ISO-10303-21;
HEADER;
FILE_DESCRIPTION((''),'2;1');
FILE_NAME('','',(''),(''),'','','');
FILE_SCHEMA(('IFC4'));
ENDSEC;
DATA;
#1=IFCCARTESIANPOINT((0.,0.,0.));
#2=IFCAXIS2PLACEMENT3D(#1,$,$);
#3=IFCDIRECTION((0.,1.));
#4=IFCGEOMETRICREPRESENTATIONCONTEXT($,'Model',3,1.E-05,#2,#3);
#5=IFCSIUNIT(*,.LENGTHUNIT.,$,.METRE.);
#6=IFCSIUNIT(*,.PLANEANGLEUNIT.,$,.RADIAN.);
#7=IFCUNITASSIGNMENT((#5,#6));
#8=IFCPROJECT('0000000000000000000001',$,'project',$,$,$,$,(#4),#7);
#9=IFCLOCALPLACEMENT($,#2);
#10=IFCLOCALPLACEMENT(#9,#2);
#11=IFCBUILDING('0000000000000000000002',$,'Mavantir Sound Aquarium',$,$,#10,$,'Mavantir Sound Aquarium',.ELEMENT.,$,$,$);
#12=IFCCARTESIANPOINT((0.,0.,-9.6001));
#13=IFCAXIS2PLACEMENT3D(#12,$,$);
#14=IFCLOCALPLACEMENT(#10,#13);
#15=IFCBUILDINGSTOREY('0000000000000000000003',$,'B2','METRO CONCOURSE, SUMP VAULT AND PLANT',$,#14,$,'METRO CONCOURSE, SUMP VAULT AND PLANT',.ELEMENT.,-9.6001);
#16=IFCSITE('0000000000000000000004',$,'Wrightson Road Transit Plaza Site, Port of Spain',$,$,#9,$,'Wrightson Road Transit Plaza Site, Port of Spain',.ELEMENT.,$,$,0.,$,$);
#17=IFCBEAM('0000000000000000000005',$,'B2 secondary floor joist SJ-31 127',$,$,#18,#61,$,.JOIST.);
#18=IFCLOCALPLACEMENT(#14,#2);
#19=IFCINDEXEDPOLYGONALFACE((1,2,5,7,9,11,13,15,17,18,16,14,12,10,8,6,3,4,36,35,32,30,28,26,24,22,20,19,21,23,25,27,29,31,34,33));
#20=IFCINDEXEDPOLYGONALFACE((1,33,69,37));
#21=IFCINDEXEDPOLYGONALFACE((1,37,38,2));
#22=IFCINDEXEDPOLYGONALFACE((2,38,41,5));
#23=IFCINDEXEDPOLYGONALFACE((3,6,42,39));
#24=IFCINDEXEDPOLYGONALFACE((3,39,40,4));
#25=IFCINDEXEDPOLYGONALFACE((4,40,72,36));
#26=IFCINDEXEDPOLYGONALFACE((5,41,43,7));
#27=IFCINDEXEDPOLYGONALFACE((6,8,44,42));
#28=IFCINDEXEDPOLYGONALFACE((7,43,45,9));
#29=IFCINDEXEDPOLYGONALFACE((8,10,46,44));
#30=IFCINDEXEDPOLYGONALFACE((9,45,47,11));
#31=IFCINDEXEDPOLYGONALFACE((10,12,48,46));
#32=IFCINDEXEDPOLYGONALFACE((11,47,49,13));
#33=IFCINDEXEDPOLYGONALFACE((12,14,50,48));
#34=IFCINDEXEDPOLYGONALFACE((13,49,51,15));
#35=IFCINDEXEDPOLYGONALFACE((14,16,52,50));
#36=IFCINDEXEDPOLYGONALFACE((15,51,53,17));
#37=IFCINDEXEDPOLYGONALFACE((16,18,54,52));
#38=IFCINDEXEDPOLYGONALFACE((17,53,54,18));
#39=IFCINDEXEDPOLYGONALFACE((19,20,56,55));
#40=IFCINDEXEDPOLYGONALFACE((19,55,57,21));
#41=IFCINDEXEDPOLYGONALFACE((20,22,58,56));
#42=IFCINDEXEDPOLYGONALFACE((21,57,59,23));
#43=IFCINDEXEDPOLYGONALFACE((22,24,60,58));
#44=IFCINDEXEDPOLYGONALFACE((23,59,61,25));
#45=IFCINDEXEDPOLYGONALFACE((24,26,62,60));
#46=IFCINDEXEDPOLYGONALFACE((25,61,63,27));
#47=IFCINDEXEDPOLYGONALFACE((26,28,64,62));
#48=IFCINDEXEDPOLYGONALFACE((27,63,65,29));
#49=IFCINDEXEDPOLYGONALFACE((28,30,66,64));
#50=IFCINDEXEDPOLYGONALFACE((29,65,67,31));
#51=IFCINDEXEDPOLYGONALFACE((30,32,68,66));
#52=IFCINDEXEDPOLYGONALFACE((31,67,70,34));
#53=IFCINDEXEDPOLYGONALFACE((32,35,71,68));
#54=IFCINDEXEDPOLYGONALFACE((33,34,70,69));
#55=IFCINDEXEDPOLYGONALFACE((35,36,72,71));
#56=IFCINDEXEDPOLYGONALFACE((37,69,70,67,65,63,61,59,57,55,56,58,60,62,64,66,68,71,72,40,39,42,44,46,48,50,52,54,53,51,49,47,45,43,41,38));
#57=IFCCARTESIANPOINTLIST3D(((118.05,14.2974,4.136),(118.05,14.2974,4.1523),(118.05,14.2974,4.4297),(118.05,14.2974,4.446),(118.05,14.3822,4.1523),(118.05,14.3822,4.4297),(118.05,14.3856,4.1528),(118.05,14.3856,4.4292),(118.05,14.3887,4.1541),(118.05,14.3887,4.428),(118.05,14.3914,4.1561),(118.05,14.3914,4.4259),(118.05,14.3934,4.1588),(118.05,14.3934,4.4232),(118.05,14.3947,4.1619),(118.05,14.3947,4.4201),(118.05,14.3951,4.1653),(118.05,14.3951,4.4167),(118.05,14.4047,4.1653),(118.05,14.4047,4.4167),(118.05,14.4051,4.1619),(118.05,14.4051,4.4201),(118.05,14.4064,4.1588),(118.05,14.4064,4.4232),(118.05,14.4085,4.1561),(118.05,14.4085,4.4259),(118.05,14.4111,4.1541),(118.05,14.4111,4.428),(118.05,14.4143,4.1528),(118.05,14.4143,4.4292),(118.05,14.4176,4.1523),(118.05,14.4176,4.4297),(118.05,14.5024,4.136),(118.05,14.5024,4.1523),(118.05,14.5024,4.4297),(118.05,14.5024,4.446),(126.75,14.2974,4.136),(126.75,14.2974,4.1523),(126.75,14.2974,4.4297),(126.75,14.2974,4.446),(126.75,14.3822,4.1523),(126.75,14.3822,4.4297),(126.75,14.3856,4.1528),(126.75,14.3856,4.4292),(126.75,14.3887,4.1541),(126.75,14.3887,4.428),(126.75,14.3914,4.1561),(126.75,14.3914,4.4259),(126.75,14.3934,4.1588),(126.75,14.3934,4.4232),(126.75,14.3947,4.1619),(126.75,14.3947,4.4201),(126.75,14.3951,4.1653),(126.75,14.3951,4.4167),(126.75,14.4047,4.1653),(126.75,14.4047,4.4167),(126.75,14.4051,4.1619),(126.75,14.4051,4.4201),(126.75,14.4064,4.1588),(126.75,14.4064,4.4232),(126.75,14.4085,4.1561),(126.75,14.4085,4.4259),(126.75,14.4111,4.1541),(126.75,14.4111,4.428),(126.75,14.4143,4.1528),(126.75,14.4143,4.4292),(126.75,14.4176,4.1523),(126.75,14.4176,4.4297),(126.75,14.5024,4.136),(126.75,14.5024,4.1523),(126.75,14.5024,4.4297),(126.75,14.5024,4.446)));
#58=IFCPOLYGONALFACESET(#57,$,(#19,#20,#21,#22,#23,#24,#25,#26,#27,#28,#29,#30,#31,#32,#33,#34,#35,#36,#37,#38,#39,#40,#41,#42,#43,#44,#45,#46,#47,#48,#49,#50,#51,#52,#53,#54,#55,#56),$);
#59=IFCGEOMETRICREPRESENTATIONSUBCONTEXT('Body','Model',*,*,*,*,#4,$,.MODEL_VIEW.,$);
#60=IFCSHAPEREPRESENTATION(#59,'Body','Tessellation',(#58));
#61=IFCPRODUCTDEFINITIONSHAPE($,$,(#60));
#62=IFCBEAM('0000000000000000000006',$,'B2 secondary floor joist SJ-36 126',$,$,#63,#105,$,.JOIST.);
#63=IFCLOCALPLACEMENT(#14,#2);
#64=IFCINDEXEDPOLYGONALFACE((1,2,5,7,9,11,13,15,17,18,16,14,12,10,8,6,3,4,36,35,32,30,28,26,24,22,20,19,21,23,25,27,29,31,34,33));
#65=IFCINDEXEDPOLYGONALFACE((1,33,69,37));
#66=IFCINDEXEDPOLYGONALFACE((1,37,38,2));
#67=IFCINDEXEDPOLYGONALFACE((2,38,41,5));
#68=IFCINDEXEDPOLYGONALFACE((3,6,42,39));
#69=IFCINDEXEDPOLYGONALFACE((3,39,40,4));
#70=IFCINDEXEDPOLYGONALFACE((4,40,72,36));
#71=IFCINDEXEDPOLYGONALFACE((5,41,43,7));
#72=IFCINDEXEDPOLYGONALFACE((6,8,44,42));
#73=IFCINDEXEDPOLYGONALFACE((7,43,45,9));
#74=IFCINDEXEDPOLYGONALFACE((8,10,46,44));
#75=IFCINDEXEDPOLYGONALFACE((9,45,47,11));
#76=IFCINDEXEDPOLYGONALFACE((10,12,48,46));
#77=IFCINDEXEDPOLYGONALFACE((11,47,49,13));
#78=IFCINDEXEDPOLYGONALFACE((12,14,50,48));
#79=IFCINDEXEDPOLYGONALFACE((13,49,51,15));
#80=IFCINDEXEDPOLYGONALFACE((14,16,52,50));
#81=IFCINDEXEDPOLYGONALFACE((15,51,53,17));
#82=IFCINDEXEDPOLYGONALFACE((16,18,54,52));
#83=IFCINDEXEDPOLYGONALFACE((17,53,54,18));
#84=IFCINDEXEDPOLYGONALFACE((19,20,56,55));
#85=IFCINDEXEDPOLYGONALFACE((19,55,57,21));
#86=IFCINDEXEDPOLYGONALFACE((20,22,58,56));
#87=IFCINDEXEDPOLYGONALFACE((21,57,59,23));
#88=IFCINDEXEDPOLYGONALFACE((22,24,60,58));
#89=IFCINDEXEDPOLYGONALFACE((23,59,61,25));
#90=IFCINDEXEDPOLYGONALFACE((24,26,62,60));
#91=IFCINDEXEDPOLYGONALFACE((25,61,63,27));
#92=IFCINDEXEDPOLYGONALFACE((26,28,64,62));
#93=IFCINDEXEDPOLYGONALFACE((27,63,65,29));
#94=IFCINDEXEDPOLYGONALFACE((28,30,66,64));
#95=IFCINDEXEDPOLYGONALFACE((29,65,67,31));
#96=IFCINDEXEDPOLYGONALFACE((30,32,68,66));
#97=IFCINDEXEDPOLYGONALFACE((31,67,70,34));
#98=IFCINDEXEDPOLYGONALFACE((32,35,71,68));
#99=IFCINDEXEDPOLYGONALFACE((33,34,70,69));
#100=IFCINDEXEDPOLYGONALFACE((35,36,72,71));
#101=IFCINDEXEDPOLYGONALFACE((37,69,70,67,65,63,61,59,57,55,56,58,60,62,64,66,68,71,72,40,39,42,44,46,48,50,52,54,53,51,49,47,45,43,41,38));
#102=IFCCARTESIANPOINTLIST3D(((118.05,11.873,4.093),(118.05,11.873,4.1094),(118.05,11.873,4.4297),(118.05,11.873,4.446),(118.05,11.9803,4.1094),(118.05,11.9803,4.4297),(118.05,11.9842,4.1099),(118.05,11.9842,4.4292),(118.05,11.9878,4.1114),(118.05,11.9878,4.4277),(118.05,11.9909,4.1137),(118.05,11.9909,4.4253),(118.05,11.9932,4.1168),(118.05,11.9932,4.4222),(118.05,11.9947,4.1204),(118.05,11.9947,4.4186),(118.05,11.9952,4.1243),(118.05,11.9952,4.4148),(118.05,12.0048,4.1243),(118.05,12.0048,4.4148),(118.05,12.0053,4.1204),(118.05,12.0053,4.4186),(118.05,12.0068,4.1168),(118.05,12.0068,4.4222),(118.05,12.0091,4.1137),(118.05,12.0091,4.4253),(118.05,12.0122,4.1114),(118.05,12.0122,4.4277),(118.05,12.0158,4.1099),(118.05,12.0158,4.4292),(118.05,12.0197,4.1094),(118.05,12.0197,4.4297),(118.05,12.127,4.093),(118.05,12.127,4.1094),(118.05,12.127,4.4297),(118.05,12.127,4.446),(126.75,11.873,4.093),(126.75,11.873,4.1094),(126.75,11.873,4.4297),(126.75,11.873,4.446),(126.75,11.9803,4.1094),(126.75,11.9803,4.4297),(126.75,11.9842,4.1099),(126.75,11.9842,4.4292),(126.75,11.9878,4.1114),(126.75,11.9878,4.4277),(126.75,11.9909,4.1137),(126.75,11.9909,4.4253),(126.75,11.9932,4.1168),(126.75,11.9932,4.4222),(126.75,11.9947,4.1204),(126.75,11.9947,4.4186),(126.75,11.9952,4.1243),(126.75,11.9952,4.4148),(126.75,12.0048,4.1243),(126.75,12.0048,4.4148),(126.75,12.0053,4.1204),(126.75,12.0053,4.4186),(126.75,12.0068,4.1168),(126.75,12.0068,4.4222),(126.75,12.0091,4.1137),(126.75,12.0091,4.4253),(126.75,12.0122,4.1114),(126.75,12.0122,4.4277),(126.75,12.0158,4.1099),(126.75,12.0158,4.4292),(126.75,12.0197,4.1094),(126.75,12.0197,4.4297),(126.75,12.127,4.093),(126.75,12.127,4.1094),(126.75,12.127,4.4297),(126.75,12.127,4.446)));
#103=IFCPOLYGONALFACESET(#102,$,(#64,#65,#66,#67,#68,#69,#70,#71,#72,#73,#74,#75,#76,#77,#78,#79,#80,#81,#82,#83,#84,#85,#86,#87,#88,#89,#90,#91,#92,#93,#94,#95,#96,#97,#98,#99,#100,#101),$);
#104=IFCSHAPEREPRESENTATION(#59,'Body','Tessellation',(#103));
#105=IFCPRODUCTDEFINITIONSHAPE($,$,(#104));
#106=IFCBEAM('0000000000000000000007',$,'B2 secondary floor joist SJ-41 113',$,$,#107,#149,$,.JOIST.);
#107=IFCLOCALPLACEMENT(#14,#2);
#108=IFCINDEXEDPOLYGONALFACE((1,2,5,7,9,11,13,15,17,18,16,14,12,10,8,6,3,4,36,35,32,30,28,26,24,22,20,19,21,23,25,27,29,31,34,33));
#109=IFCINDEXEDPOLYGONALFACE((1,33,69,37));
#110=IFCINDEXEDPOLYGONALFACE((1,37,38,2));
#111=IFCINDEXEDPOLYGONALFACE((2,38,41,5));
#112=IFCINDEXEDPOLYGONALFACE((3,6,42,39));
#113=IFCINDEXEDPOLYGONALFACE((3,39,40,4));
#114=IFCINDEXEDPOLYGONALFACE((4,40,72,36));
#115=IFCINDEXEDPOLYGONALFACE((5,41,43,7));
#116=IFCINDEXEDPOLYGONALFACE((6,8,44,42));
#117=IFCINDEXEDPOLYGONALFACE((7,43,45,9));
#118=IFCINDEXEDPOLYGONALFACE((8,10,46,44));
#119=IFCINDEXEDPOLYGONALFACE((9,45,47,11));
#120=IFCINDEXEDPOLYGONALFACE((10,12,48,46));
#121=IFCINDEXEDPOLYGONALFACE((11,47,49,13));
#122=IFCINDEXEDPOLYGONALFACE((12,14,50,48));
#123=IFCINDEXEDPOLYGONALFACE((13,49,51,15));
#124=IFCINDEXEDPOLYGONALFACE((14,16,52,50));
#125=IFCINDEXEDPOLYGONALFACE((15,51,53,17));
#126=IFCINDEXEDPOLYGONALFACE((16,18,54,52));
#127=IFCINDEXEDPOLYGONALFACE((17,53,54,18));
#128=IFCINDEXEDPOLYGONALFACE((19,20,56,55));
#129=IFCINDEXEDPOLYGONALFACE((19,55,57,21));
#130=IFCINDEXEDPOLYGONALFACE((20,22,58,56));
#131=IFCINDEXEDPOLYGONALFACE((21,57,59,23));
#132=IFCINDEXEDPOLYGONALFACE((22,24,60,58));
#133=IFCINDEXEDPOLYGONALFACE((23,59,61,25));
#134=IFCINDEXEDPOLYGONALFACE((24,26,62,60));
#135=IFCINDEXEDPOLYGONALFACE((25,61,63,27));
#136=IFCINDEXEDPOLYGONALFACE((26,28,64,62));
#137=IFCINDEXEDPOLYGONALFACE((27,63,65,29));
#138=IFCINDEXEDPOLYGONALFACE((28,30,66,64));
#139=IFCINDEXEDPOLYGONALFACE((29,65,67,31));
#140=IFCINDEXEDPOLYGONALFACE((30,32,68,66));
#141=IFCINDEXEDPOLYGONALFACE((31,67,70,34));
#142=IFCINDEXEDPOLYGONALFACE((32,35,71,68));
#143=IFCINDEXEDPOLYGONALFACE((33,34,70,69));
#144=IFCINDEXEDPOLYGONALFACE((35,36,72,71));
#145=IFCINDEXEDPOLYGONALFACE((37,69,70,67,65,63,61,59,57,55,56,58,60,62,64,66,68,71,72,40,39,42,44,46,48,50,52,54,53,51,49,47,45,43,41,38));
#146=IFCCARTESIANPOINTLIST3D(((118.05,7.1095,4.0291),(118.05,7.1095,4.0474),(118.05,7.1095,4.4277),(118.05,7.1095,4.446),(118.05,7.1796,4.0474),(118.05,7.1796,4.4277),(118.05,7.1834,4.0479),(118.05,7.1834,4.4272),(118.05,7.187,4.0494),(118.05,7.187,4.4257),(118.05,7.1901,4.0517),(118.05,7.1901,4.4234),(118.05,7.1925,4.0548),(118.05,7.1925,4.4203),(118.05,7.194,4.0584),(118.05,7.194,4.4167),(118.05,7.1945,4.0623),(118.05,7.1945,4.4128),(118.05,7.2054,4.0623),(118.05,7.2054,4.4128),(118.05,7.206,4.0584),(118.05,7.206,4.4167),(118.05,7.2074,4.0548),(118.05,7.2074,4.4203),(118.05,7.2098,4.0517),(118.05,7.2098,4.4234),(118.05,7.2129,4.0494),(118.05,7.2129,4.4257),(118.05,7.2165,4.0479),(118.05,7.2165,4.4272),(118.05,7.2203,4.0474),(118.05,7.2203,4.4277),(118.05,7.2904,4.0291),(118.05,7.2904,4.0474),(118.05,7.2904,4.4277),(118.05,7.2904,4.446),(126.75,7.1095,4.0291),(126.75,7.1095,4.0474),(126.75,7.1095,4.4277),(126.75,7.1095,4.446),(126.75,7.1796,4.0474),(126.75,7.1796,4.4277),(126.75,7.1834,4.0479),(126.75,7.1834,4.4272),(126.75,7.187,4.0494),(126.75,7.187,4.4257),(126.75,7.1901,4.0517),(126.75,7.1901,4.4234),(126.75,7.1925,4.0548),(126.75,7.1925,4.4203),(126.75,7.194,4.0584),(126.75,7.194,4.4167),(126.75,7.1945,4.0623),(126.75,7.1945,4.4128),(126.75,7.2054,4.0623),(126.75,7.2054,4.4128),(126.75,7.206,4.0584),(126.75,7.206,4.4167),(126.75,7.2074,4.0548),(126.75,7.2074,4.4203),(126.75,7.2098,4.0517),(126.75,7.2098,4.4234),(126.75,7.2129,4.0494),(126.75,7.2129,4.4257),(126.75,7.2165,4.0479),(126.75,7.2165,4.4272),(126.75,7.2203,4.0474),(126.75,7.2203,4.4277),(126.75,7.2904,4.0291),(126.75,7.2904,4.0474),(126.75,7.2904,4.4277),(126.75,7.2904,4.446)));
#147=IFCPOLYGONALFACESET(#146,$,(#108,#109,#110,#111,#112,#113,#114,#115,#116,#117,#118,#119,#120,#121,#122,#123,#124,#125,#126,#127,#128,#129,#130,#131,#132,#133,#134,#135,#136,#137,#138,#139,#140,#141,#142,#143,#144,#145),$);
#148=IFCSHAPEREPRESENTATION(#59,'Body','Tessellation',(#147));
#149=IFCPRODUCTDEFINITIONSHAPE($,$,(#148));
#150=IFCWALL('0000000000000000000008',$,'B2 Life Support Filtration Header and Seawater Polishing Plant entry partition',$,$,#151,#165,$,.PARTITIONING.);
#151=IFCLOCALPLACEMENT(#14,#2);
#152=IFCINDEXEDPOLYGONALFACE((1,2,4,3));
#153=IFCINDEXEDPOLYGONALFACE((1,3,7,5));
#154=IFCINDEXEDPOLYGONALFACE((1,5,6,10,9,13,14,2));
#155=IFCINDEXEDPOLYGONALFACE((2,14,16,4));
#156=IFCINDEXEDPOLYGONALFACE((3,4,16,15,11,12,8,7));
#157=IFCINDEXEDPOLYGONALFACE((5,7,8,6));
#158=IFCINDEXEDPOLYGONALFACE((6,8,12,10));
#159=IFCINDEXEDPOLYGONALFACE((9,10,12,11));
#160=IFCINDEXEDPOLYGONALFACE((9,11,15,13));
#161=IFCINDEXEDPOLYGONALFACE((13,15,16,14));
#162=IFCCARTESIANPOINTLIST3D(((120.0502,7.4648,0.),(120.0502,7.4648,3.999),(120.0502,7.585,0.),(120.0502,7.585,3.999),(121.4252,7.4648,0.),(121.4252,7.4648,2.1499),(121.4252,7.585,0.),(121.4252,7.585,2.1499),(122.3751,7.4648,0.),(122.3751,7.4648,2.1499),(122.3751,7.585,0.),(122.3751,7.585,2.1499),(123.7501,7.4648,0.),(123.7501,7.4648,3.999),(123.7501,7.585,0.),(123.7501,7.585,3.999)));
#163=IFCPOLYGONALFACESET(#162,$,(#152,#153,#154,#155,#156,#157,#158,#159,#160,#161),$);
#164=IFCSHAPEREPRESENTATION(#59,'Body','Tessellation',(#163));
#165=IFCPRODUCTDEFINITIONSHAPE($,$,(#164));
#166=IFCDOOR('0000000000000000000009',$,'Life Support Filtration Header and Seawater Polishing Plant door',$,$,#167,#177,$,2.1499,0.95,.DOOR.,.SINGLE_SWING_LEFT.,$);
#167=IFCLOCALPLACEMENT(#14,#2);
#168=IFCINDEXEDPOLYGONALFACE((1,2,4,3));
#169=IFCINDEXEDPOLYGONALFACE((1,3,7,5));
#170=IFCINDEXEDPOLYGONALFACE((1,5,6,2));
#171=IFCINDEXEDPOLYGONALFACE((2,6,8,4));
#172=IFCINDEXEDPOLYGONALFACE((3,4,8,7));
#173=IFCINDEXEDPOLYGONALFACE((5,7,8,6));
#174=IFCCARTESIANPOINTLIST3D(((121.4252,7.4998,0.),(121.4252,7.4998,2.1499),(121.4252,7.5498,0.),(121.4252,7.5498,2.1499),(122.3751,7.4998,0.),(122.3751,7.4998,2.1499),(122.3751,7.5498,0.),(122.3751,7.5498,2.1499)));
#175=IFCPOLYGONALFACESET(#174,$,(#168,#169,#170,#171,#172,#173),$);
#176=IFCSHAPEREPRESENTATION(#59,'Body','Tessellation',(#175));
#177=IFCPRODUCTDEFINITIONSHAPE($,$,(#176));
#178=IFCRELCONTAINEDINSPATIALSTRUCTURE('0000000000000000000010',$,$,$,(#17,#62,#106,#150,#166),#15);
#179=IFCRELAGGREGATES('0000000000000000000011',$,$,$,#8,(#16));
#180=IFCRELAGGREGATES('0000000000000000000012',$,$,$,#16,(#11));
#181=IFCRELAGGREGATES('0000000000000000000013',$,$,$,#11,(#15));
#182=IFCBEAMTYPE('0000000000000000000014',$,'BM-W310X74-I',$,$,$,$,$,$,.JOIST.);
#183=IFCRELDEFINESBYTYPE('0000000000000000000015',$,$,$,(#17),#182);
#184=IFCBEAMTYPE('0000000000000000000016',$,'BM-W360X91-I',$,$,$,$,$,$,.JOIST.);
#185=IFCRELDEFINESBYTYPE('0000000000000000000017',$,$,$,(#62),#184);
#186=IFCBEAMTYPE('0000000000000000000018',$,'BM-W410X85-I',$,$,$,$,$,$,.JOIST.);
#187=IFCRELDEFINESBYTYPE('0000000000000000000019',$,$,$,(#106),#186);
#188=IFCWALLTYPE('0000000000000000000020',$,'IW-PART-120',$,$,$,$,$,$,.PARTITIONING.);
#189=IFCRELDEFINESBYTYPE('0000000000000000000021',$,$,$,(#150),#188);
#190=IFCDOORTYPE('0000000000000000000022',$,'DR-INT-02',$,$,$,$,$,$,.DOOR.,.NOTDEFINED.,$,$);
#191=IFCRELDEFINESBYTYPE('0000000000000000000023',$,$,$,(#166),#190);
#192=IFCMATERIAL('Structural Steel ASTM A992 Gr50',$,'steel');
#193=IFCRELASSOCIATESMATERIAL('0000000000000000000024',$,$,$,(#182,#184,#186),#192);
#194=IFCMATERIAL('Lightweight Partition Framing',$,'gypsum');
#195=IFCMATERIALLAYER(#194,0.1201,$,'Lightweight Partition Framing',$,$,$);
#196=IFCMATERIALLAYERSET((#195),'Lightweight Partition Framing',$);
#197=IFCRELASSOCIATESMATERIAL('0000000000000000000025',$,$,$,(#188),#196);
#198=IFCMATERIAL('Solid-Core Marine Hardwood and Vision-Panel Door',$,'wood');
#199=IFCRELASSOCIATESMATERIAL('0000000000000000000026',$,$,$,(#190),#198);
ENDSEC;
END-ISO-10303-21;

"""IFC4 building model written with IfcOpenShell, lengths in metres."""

from ifc_helpers import new_model, si_unit, direction, frame, frame_2d, origin, origin_2d, place, context, subcontext, project, spatial, rectangle, i_section, extrude, material, layer, layer_set, material_profile, profile_set, type_object, element, fill, save


model = new_model("IFC4")

# Units and contexts
model_context = context("Model", 3, precision=1e-05, world=origin(), true_north=direction((0.0, 1.0)))
body_context = subcontext(model_context, "Body", "Model", "MODEL_VIEW")
ifc_project = project(units=[si_unit("LENGTHUNIT", "METRE"), si_unit("PLANEANGLEUNIT", "RADIAN")], contexts=[model_context])

# Site, building, storey
site_placement = place(None, origin())
site = spatial("IfcSite", under=ifc_project, at=site_placement, Name="Wrightson Road Transit Plaza Site, Port of Spain", LongName="Wrightson Road Transit Plaza Site, Port of Spain", CompositionType="ELEMENT", RefElevation=0.0)
building_placement = place(site_placement, origin())
building = spatial("IfcBuilding", under=site, at=building_placement, Name="Mavantir Sound Aquarium", LongName="Mavantir Sound Aquarium", CompositionType="ELEMENT")
storey_placement = place(building_placement, frame((0.0, 0.0, -9.6001)))
storey = spatial("IfcBuildingStorey", under=building, at=storey_placement, Name="B2", Description="METRO CONCOURSE, SUMP VAULT AND PLANT", LongName="METRO CONCOURSE, SUMP VAULT AND PLANT", CompositionType="ELEMENT", Elevation=-9.6001)

# Beams
ifc_material_1 = material(Name="Structural Steel ASTM A992 Gr50", Category="steel")
ifc_material_profile_1 = material_profile(ifc_material_1, i_section(OverallWidth=0.2051, OverallDepth=0.3101, WebThickness=0.0095, FlangeThickness=0.0164, FilletRadius=0.0129, at=origin_2d()), Name="W310X74")
ifc_profile_set_1 = profile_set([ifc_material_profile_1], Name="Structural Steel ASTM A992 Gr50")
beam_type_1 = type_object("IfcBeamType", Name="BM-W310X74-I", PredefinedType="JOIST", material=ifc_profile_set_1)
beam_1_placement = place(storey_placement, frame((118.05, 14.3999, 4.291), z_axis=(1.0, 0.0, 0.0), x_axis=(0.0, 1.0, 0.0)))
element("IfcBeam", 1, at=beam_1_placement, inside=storey, type_object=beam_type_1, Name="B2 secondary floor joist SJ-31 127", PredefinedType="JOIST", context=body_context, shape_type="SweptSolid", body=[
    extrude(i_section(OverallWidth=0.2051, OverallDepth=0.3101, WebThickness=0.0095, FlangeThickness=0.0164, FilletRadius=0.0129, at=origin_2d()), origin(), (0.0, 0.0, 1.0), 8.7),
])
ifc_material_profile_2 = material_profile(ifc_material_1, i_section(OverallWidth=0.2539, OverallDepth=0.353, WebThickness=0.0095, FlangeThickness=0.0164, FilletRadius=0.0149, at=origin_2d()), Name="W360X91")
ifc_profile_set_2 = profile_set([ifc_material_profile_2], Name="Structural Steel ASTM A992 Gr50")
beam_type_2 = type_object("IfcBeamType", Name="BM-W360X91-I", PredefinedType="JOIST", material=ifc_profile_set_2)
beam_2_placement = place(storey_placement, frame((118.05, 12.0, 4.2695), z_axis=(1.0, 0.0, 0.0), x_axis=(0.0, 1.0, 0.0)))
element("IfcBeam", 2, at=beam_2_placement, inside=storey, type_object=beam_type_2, Name="B2 secondary floor joist SJ-36 126", PredefinedType="JOIST", context=body_context, shape_type="SweptSolid", body=[
    extrude(i_section(OverallWidth=0.2539, OverallDepth=0.353, WebThickness=0.0095, FlangeThickness=0.0164, FilletRadius=0.0149, at=origin_2d()), origin(), (0.0, 0.0, 1.0), 8.7),
])
ifc_material_profile_3 = material_profile(ifc_material_1, i_section(OverallWidth=0.1809, OverallDepth=0.417, WebThickness=0.011, FlangeThickness=0.0183, FilletRadius=0.0149, at=origin_2d()), Name="W410X85")
ifc_profile_set_3 = profile_set([ifc_material_profile_3], Name="Structural Steel ASTM A992 Gr50")
beam_type_3 = type_object("IfcBeamType", Name="BM-W410X85-I", PredefinedType="JOIST", material=ifc_profile_set_3)
beam_3_placement = place(storey_placement, frame((118.05, 7.2, 4.2375), z_axis=(1.0, 0.0, 0.0), x_axis=(0.0, 1.0, 0.0)))
element("IfcBeam", 3, at=beam_3_placement, inside=storey, type_object=beam_type_3, Name="B2 secondary floor joist SJ-41 113", PredefinedType="JOIST", context=body_context, shape_type="SweptSolid", body=[
    extrude(i_section(OverallWidth=0.1809, OverallDepth=0.417, WebThickness=0.011, FlangeThickness=0.0183, FilletRadius=0.0149, at=origin_2d()), origin(), (0.0, 0.0, 1.0), 8.7),
])

# Wall, opening, door
ifc_material_2 = material(Name="Lightweight Partition Framing", Category="gypsum")
ifc_layer_1 = layer(ifc_material_2, 0.1201, Name="Lightweight Partition Framing")
ifc_layer_set_1 = layer_set([ifc_layer_1], Name="Lightweight Partition Framing")
wall_type_1 = type_object("IfcWallType", Name="IW-PART-120", PredefinedType="PARTITIONING", material=ifc_layer_set_1)
wall_1_placement = place(storey_placement, frame((120.05, 7.5249, 0.0), z_axis=(0.0, 0.0, 1.0), x_axis=(1.0, 0.0, 0.0)))
wall_1 = element("IfcWall", 4, at=wall_1_placement, inside=storey, type_object=wall_type_1, Name="B2 Life Support Filtration Header and Seawater Polishing Plant entry partition", PredefinedType="PARTITIONING", context=body_context, shape_type="SweptSolid", body=[
    extrude(rectangle(XDim=3.7, YDim=0.1201, at=frame_2d((1.8501, 0.0))), origin(), (0.0, 0.0, 1.0), 3.999),
])
opening_1_placement = place(wall_1_placement, frame((1.375, 0.0, 0.0)))
opening_1 = element("IfcOpeningElement", 5, at=opening_1_placement, cuts=wall_1, PredefinedType="OPENING", context=body_context, shape_type="SweptSolid", body=[
    extrude(rectangle(XDim=0.95, YDim=2.1499, at=frame_2d((0.4751, 1.075))), frame((0.0, 0.0701, 0.0), z_axis=(0.0, -1.0, 0.0), x_axis=(1.0, 0.0, 0.0)), (0.0, 0.0, 1.0), 0.1401),
])
ifc_material_3 = material(Name="Solid-Core Marine Hardwood and Vision-Panel Door", Category="wood")
door_type_1 = type_object("IfcDoorType", Name="DR-INT-02", OperationType="NOTDEFINED", PredefinedType="DOOR", material=ifc_material_3)
door_1_placement = place(opening_1_placement, origin())
door_1 = element("IfcDoor", 6, at=door_1_placement, inside=storey, type_object=door_type_1, Name="Life Support Filtration Header and Seawater Polishing Plant door", OperationType="SINGLE_SWING_LEFT", OverallHeight=2.1499, OverallWidth=0.95, PredefinedType="DOOR", context=body_context, shape_type="SweptSolid", body=[
    extrude(rectangle(XDim=0.95, YDim=2.1499, at=frame_2d((0.4751, 1.075))), frame((0.0, 0.0249, 0.0), z_axis=(0.0, -1.0, 0.0), x_axis=(1.0, 0.0, 0.0)), (0.0, 0.0, 1.0), 0.05),
])
fill(opening_1, door_1)

save(model, "model.ifc")
